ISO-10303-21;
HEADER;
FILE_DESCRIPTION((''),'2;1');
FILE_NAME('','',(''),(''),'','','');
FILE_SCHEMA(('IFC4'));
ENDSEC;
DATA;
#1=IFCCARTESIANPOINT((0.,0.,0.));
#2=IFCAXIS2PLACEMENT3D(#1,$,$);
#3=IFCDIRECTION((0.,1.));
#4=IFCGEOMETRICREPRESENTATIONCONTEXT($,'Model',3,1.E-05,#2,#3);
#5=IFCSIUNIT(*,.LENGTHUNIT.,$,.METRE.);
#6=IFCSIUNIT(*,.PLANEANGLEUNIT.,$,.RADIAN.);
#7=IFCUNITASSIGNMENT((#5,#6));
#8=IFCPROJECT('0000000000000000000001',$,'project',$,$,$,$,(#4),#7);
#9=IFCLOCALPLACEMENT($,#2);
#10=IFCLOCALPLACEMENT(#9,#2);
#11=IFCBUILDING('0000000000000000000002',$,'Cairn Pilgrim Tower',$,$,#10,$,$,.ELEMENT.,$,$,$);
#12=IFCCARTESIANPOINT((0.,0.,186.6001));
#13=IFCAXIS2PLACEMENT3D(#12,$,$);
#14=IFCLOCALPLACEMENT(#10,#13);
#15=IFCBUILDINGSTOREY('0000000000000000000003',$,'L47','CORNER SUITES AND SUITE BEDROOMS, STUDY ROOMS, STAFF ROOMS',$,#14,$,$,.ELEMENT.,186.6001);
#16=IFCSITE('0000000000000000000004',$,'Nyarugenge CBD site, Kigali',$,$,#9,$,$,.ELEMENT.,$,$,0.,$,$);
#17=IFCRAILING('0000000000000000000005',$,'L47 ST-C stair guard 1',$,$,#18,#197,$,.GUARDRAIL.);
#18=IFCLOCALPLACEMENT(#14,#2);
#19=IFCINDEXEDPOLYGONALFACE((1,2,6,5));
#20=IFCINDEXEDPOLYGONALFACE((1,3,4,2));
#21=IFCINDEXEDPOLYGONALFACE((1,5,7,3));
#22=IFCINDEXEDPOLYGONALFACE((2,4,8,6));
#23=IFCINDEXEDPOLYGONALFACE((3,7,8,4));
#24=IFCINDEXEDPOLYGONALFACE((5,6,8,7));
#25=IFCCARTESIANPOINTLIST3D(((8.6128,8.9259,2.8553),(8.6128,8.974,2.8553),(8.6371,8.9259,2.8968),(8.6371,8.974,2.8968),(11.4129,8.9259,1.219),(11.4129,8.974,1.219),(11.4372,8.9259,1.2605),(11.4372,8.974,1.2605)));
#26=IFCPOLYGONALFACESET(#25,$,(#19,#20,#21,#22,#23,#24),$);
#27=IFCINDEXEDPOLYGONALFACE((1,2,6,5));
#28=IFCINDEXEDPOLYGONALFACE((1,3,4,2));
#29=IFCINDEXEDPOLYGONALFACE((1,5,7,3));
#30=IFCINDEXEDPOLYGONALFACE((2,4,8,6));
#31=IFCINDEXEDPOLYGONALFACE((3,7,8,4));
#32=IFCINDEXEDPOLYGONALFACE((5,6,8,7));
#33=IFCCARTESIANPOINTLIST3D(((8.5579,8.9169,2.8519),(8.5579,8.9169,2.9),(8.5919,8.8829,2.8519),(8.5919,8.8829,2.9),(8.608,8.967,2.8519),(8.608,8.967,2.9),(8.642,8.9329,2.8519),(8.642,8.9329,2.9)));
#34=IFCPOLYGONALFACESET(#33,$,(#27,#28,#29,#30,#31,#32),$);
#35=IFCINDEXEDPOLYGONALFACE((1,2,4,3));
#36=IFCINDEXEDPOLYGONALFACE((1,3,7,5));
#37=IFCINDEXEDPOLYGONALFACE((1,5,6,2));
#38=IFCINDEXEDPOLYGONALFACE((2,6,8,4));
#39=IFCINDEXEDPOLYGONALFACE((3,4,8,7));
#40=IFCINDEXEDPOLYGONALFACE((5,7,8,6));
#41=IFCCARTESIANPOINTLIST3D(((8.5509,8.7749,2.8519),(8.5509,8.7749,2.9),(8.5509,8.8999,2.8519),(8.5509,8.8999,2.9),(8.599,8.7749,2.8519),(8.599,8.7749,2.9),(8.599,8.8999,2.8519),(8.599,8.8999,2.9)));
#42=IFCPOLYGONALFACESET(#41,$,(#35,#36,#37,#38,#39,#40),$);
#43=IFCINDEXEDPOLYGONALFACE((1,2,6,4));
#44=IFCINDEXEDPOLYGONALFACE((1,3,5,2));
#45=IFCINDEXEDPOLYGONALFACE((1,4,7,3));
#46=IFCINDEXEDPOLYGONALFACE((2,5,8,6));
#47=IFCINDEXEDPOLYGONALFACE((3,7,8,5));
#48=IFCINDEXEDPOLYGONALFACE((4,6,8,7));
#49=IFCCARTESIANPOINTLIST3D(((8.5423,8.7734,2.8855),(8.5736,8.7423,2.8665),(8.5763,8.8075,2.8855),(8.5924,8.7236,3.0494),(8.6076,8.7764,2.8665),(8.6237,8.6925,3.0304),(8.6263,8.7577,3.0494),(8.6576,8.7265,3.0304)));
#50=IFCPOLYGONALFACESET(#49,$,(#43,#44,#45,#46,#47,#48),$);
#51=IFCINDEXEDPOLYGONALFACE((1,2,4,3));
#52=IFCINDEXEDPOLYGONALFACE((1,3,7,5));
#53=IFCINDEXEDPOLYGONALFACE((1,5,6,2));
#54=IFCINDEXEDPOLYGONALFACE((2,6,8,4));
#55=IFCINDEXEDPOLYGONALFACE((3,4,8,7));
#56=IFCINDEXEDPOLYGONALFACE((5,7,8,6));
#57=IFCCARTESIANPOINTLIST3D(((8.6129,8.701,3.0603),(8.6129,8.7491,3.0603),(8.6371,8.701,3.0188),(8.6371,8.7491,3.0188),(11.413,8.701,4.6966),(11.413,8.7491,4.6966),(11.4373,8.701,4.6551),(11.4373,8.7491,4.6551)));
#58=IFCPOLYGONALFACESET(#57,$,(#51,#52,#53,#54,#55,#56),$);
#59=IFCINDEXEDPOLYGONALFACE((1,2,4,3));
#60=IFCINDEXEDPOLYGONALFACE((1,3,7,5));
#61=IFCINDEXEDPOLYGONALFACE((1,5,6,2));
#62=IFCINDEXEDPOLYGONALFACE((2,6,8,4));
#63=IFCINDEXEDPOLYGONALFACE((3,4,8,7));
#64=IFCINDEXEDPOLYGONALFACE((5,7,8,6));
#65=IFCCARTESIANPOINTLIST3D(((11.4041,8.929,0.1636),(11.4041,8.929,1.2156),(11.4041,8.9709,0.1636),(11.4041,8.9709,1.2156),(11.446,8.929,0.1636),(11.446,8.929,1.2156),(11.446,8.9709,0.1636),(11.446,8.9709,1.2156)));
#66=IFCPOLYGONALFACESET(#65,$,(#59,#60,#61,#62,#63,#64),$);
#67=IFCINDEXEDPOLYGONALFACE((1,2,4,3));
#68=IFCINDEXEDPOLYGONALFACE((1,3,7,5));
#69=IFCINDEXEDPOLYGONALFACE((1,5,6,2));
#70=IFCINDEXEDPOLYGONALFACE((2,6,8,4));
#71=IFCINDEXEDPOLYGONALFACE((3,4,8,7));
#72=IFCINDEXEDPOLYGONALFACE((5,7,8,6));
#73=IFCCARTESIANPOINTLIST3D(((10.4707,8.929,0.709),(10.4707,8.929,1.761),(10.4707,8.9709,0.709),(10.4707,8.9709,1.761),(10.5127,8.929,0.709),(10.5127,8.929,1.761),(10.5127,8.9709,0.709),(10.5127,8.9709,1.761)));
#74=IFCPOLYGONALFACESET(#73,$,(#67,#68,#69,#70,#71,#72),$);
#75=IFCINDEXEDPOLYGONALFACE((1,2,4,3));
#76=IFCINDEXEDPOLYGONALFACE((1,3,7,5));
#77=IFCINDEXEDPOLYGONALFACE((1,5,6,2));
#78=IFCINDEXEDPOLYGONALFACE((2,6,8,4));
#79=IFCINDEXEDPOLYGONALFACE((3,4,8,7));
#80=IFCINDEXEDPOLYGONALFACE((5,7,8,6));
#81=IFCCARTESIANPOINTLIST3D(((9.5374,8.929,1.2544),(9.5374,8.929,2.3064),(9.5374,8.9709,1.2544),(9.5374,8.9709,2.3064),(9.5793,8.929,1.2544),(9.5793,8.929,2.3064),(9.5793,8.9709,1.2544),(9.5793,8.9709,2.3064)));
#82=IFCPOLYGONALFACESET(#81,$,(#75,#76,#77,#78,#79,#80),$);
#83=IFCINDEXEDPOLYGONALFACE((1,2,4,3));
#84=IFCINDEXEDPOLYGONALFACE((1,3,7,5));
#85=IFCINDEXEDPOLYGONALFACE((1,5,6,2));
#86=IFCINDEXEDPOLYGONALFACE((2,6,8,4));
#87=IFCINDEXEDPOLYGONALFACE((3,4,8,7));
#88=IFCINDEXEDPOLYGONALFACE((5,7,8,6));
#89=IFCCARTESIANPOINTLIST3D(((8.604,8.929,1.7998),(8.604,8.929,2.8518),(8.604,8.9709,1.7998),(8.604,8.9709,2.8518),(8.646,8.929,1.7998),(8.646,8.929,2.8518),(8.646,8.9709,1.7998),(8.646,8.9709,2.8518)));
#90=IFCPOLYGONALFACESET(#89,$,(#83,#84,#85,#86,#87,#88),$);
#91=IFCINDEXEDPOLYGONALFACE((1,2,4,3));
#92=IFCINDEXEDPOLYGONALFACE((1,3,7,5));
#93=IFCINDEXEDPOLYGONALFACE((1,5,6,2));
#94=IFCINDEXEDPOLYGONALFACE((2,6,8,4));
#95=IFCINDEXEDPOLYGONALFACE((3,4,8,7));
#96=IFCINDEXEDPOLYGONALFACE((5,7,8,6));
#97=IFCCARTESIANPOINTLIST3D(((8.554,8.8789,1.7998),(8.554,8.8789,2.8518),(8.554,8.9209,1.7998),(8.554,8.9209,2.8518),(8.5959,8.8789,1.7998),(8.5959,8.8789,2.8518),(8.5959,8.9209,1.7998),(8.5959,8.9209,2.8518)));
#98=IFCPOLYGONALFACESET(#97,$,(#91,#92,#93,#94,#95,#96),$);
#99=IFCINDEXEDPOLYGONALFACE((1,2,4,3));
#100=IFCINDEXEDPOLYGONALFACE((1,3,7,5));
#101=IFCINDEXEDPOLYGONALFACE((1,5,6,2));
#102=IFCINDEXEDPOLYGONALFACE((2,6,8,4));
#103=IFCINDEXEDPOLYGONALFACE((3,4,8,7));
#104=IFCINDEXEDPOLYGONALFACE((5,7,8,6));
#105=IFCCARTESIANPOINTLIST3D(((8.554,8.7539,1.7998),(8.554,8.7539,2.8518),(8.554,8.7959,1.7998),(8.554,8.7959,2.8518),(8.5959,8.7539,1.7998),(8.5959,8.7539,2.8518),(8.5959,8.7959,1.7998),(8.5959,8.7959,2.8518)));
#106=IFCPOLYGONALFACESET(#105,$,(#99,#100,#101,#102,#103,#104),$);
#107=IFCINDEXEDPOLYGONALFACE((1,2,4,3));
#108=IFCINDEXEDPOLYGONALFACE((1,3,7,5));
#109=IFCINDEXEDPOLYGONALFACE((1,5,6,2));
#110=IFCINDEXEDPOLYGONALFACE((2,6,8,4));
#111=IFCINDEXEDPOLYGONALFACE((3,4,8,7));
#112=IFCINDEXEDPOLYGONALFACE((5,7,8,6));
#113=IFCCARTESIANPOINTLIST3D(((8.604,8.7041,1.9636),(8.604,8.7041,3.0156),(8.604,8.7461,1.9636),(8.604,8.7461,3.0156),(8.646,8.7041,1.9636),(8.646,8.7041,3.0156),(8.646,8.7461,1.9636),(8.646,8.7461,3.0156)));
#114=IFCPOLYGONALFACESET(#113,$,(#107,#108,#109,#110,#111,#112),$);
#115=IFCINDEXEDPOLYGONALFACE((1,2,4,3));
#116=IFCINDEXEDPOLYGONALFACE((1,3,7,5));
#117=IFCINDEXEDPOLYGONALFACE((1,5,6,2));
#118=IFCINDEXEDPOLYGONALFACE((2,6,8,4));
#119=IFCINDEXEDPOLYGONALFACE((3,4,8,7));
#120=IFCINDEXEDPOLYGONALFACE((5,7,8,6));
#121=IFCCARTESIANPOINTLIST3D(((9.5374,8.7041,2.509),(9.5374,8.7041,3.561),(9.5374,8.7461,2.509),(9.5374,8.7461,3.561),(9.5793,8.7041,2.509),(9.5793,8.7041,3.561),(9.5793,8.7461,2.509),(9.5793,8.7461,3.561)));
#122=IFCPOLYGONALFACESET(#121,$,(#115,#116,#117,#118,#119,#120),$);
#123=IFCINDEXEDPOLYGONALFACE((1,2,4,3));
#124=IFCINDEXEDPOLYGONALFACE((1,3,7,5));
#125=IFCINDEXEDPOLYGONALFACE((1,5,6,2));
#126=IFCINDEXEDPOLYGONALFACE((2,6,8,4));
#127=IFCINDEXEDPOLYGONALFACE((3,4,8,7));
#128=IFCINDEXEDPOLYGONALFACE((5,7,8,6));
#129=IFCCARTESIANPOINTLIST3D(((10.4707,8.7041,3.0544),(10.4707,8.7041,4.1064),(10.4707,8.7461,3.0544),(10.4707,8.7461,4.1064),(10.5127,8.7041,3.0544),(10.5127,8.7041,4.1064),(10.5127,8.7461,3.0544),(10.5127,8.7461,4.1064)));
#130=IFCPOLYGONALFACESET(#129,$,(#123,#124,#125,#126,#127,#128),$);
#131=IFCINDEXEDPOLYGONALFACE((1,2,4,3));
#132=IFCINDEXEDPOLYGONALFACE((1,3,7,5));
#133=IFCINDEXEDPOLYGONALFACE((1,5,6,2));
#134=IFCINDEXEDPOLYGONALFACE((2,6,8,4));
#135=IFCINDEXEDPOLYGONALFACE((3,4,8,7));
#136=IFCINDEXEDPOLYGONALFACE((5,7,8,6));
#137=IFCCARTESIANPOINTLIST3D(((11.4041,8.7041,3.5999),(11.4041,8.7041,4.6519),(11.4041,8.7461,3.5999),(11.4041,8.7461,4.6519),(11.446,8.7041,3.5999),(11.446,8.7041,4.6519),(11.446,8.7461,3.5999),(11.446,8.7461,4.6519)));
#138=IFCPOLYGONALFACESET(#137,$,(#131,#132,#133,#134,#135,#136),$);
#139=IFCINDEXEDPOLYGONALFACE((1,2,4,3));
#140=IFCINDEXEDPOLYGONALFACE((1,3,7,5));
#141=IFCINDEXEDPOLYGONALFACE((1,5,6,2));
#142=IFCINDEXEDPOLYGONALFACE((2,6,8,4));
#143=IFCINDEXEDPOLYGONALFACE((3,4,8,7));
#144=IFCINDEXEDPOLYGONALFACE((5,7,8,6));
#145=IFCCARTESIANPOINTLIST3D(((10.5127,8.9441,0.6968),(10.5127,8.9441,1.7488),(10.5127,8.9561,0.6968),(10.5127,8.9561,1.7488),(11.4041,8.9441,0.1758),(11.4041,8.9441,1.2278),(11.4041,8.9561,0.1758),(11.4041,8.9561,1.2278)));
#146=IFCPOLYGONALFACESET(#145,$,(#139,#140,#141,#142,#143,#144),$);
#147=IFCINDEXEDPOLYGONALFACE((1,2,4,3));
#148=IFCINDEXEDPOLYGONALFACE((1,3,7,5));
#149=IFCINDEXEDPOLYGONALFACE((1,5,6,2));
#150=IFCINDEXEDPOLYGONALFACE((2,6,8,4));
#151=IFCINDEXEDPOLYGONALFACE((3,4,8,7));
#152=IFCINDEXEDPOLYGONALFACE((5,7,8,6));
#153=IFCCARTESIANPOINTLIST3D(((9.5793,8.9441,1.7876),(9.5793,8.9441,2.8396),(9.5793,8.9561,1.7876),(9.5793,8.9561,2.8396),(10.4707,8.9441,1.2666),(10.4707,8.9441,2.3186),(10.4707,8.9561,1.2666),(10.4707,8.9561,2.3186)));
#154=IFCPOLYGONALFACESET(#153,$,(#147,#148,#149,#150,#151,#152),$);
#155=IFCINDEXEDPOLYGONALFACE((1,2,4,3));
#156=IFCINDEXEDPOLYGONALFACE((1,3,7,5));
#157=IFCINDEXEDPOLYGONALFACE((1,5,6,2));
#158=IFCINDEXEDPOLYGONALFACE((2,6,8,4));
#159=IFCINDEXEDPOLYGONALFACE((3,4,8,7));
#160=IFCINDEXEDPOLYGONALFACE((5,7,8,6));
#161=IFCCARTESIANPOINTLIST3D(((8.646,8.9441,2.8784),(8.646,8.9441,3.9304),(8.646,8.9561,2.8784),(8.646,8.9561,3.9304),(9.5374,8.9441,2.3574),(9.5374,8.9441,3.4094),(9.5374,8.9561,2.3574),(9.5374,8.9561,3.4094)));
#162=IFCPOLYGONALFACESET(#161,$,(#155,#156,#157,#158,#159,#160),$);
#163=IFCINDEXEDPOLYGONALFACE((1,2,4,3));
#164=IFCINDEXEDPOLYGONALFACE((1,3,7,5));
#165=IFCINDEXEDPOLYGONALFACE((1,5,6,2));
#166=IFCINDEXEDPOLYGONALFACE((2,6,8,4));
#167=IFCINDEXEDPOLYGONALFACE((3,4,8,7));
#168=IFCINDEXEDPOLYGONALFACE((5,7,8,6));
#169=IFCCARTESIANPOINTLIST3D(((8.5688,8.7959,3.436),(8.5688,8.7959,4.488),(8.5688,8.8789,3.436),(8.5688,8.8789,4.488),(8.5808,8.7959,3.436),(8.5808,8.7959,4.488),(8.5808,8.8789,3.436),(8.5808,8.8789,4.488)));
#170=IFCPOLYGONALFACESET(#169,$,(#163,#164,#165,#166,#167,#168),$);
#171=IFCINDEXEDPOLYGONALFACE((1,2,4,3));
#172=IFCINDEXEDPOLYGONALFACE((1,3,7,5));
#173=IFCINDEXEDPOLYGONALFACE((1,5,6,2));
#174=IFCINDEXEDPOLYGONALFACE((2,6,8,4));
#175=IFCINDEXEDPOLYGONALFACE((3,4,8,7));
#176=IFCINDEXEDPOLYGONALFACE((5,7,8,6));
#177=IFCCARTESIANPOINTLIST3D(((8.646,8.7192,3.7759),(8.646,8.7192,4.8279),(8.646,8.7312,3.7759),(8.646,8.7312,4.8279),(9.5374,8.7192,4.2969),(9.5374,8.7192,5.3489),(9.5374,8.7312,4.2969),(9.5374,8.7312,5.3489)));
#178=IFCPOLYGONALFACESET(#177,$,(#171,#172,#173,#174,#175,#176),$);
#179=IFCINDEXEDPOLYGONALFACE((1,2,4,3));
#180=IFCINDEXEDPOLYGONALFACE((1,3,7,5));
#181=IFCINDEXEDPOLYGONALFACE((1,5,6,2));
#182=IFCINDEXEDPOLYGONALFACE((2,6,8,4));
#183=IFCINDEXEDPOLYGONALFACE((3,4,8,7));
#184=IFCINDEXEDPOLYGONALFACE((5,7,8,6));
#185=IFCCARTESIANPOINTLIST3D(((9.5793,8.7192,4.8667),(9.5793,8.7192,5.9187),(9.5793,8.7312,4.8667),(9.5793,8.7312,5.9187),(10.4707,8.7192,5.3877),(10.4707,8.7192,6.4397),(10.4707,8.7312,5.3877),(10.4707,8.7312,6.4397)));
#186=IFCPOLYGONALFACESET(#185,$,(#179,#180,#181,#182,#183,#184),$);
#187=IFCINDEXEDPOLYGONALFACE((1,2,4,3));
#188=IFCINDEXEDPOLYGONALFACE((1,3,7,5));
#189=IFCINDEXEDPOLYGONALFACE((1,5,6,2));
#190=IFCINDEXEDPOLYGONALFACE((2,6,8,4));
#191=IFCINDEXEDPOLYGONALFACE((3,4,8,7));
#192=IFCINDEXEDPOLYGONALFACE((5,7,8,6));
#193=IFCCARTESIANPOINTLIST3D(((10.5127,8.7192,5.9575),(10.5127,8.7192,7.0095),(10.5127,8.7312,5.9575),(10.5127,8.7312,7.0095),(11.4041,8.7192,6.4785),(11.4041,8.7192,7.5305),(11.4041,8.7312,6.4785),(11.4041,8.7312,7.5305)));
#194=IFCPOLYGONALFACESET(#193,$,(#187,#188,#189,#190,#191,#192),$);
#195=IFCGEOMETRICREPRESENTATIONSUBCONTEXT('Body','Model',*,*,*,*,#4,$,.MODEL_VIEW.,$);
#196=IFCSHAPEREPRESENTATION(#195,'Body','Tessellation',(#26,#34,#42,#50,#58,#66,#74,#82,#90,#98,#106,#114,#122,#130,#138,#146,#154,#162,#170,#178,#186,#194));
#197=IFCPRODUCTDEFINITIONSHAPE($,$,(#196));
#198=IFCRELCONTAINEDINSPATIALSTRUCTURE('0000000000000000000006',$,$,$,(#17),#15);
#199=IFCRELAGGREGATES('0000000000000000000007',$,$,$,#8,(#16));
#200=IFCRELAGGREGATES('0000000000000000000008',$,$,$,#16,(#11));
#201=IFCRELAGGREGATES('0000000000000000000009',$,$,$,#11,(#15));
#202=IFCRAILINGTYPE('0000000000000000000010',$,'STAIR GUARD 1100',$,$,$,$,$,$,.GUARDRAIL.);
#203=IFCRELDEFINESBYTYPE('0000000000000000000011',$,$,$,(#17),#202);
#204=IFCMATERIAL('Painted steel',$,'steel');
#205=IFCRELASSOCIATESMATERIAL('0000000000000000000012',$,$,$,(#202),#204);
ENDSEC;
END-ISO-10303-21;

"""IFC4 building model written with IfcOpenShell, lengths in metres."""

from ifc_helpers import new_model, si_unit, direction, frame, origin, origin_2d, place, context, subcontext, project, spatial, polyline, rectangle, outline, extrude, material, type_object, element, save


model = new_model("IFC4")

# Units and contexts
model_context = context("Model", 3, precision=1e-05, world=origin(), true_north=direction((0.0, 1.0)))
body_context = subcontext(model_context, "Body", "Model", "MODEL_VIEW")
ifc_project = project(units=[si_unit("LENGTHUNIT", "METRE"), si_unit("PLANEANGLEUNIT", "RADIAN")], contexts=[model_context])

# Site, building, storey
site_placement = place(None, origin())
site = spatial("IfcSite", under=ifc_project, at=site_placement, Name="Nyarugenge CBD site, Kigali", CompositionType="ELEMENT", RefElevation=0.0)
building_placement = place(site_placement, origin())
building = spatial("IfcBuilding", under=site, at=building_placement, Name="Cairn Pilgrim Tower", CompositionType="ELEMENT")
storey_placement = place(building_placement, frame((0.0, 0.0, 186.6001)))
storey = spatial("IfcBuildingStorey", under=building, at=storey_placement, Name="L47", Description="CORNER SUITES AND SUITE BEDROOMS, STUDY ROOMS, STAFF ROOMS", CompositionType="ELEMENT", Elevation=186.6001)

# Shared definitions
ifc_material_1 = material(Name="Painted steel", Category="steel")

# Railing
railing_type_1 = type_object("IfcRailingType", Name="STAIR GUARD 1100", PredefinedType="GUARDRAIL", material=ifc_material_1)
railing_1_placement = place(storey_placement, frame((11.425, 8.95, 0.1636)))
element("IfcRailing", 1, at=railing_1_placement, inside=storey, type_object=railing_type_1, Name="L47 ST-C stair guard 1", PredefinedType="GUARDRAIL", context=body_context, shape_type="SweptSolid", body=[
    extrude(rectangle(XDim=0.0481, YDim=0.0481, at=origin_2d()), frame((0.0, 0.0, 1.0762), z_axis=(-0.863394, 0.0, 0.504531), x_axis=(0.0, -1.0, 0.0)), (0.0, 0.0, 1.0), 3.2432),
    extrude(rectangle(XDim=0.0481, YDim=0.0481, at=origin_2d()), frame((-2.8, 0.0, 2.7124), z_axis=(-0.707107, -0.707107, 0.0), x_axis=(0.707107, -0.707107, 0.0)), (0.0, 0.0, 1.0), 0.0708),
    extrude(rectangle(XDim=0.0481, YDim=0.0481, at=origin_2d()), frame((-2.8501, -0.05, 2.7124), z_axis=(0.0, -1.0, 0.0), x_axis=(1.0, 0.0, 0.0)), (0.0, 0.0, 1.0), 0.125),
    extrude(rectangle(XDim=0.0481, YDim=0.0481, at=origin_2d()), frame((-2.8501, -0.175, 2.7124), z_axis=(0.280564, -0.279195, 0.918332), x_axis=(0.705376, 0.708834, 0.0)), (0.0, 0.0, 1.0), 0.1785),
    extrude(rectangle(XDim=0.0481, YDim=0.0481, at=origin_2d()), frame((-2.8, -0.2249, 2.876), z_axis=(0.863394, 0.0, 0.504531), x_axis=(0.0, 1.0, 0.0)), (0.0, 0.0, 1.0), 3.2432),
    extrude(rectangle(XDim=0.042, YDim=0.042, at=origin_2d()), origin(), (0.0, 0.0, 1.0), 1.052),
    extrude(rectangle(XDim=0.042, YDim=0.042, at=origin_2d()), frame((-0.9333, 0.0, 0.5454)), (0.0, 0.0, 1.0), 1.052),
    extrude(rectangle(XDim=0.042, YDim=0.042, at=origin_2d()), frame((-1.8667, 0.0, 1.0908)), (0.0, 0.0, 1.0), 1.052),
    extrude(rectangle(XDim=0.042, YDim=0.042, at=origin_2d()), frame((-2.8, 0.0, 1.6362)), (0.0, 0.0, 1.0), 1.052),
    extrude(rectangle(XDim=0.042, YDim=0.042, at=origin_2d()), frame((-2.8501, -0.05, 1.6362)), (0.0, 0.0, 1.0), 1.052),
    extrude(rectangle(XDim=0.042, YDim=0.042, at=origin_2d()), frame((-2.8501, -0.175, 1.6362)), (0.0, 0.0, 1.0), 1.052),
    extrude(rectangle(XDim=0.042, YDim=0.042, at=origin_2d()), frame((-2.8, -0.2249, 1.8)), (0.0, 0.0, 1.0), 1.052),
    extrude(rectangle(XDim=0.042, YDim=0.042, at=origin_2d()), frame((-1.8667, -0.2249, 2.3455)), (0.0, 0.0, 1.0), 1.052),
    extrude(rectangle(XDim=0.042, YDim=0.042, at=origin_2d()), frame((-0.9333, -0.2249, 2.8909)), (0.0, 0.0, 1.0), 1.052),
    extrude(rectangle(XDim=0.042, YDim=0.042, at=origin_2d()), frame((0.0, -0.2249, 3.4363)), (0.0, 0.0, 1.0), 1.052),
    extrude(outline(polyline([(0.021, 0.0122), (0.9124, 0.5332), (0.9124, 1.5852), (0.021, 1.0642), (0.021, 0.0122)])), frame((0.0, -0.0059, 0.0), z_axis=(0.0, 1.0, 0.0), x_axis=(-1.0, 0.0, 0.0)), (0.0, 0.0, 1.0), 0.012),
    extrude(outline(polyline([(0.021, 0.5576), (0.9124, 1.0786), (0.9124, 2.1306), (0.021, 1.6096), (0.021, 0.5576)])), frame((-0.9333, -0.0059, 0.5454), z_axis=(0.0, 1.0, 0.0), x_axis=(-1.0, 0.0, 0.0)), (0.0, 0.0, 1.0), 0.012),
    extrude(outline(polyline([(0.021, 1.103), (0.9124, 1.624), (0.9124, 2.676), (0.021, 2.155), (0.021, 1.103)])), frame((-1.8667, -0.0059, 1.0908), z_axis=(0.0, 1.0, 0.0), x_axis=(-1.0, 0.0, 0.0)), (0.0, 0.0, 1.0), 0.012),
    extrude(outline(polyline([(0.021, 1.6362), (0.104, 1.6362), (0.104, 2.6882), (0.021, 2.6882), (0.021, 1.6362)])), frame((-2.8442, -0.05, 1.6362), z_axis=(-1.0, 0.0, 0.0), x_axis=(0.0, -1.0, 0.0)), (0.0, 0.0, 1.0), 0.012),
    extrude(outline(polyline([(0.021, 1.8123), (0.9124, 2.3333), (0.9124, 3.3853), (0.021, 2.8643), (0.021, 1.8123)])), frame((-2.8, -0.2188, 1.8), z_axis=(0.0, -1.0, 0.0), x_axis=(1.0, 0.0, 0.0)), (0.0, 0.0, 1.0), 0.012),
    extrude(outline(polyline([(0.021, 2.3577), (0.9124, 2.8787), (0.9124, 3.9307), (0.021, 3.4097), (0.021, 2.3577)])), frame((-1.8667, -0.2188, 2.3455), z_axis=(0.0, -1.0, 0.0), x_axis=(1.0, 0.0, 0.0)), (0.0, 0.0, 1.0), 0.012),
    extrude(outline(polyline([(0.021, 2.9031), (0.9124, 3.4241), (0.9124, 4.4761), (0.021, 3.9551), (0.021, 2.9031)])), frame((-0.9333, -0.2188, 2.8909), z_axis=(0.0, -1.0, 0.0), x_axis=(1.0, 0.0, 0.0)), (0.0, 0.0, 1.0), 0.012),
])

save(model, "model.ifc")
